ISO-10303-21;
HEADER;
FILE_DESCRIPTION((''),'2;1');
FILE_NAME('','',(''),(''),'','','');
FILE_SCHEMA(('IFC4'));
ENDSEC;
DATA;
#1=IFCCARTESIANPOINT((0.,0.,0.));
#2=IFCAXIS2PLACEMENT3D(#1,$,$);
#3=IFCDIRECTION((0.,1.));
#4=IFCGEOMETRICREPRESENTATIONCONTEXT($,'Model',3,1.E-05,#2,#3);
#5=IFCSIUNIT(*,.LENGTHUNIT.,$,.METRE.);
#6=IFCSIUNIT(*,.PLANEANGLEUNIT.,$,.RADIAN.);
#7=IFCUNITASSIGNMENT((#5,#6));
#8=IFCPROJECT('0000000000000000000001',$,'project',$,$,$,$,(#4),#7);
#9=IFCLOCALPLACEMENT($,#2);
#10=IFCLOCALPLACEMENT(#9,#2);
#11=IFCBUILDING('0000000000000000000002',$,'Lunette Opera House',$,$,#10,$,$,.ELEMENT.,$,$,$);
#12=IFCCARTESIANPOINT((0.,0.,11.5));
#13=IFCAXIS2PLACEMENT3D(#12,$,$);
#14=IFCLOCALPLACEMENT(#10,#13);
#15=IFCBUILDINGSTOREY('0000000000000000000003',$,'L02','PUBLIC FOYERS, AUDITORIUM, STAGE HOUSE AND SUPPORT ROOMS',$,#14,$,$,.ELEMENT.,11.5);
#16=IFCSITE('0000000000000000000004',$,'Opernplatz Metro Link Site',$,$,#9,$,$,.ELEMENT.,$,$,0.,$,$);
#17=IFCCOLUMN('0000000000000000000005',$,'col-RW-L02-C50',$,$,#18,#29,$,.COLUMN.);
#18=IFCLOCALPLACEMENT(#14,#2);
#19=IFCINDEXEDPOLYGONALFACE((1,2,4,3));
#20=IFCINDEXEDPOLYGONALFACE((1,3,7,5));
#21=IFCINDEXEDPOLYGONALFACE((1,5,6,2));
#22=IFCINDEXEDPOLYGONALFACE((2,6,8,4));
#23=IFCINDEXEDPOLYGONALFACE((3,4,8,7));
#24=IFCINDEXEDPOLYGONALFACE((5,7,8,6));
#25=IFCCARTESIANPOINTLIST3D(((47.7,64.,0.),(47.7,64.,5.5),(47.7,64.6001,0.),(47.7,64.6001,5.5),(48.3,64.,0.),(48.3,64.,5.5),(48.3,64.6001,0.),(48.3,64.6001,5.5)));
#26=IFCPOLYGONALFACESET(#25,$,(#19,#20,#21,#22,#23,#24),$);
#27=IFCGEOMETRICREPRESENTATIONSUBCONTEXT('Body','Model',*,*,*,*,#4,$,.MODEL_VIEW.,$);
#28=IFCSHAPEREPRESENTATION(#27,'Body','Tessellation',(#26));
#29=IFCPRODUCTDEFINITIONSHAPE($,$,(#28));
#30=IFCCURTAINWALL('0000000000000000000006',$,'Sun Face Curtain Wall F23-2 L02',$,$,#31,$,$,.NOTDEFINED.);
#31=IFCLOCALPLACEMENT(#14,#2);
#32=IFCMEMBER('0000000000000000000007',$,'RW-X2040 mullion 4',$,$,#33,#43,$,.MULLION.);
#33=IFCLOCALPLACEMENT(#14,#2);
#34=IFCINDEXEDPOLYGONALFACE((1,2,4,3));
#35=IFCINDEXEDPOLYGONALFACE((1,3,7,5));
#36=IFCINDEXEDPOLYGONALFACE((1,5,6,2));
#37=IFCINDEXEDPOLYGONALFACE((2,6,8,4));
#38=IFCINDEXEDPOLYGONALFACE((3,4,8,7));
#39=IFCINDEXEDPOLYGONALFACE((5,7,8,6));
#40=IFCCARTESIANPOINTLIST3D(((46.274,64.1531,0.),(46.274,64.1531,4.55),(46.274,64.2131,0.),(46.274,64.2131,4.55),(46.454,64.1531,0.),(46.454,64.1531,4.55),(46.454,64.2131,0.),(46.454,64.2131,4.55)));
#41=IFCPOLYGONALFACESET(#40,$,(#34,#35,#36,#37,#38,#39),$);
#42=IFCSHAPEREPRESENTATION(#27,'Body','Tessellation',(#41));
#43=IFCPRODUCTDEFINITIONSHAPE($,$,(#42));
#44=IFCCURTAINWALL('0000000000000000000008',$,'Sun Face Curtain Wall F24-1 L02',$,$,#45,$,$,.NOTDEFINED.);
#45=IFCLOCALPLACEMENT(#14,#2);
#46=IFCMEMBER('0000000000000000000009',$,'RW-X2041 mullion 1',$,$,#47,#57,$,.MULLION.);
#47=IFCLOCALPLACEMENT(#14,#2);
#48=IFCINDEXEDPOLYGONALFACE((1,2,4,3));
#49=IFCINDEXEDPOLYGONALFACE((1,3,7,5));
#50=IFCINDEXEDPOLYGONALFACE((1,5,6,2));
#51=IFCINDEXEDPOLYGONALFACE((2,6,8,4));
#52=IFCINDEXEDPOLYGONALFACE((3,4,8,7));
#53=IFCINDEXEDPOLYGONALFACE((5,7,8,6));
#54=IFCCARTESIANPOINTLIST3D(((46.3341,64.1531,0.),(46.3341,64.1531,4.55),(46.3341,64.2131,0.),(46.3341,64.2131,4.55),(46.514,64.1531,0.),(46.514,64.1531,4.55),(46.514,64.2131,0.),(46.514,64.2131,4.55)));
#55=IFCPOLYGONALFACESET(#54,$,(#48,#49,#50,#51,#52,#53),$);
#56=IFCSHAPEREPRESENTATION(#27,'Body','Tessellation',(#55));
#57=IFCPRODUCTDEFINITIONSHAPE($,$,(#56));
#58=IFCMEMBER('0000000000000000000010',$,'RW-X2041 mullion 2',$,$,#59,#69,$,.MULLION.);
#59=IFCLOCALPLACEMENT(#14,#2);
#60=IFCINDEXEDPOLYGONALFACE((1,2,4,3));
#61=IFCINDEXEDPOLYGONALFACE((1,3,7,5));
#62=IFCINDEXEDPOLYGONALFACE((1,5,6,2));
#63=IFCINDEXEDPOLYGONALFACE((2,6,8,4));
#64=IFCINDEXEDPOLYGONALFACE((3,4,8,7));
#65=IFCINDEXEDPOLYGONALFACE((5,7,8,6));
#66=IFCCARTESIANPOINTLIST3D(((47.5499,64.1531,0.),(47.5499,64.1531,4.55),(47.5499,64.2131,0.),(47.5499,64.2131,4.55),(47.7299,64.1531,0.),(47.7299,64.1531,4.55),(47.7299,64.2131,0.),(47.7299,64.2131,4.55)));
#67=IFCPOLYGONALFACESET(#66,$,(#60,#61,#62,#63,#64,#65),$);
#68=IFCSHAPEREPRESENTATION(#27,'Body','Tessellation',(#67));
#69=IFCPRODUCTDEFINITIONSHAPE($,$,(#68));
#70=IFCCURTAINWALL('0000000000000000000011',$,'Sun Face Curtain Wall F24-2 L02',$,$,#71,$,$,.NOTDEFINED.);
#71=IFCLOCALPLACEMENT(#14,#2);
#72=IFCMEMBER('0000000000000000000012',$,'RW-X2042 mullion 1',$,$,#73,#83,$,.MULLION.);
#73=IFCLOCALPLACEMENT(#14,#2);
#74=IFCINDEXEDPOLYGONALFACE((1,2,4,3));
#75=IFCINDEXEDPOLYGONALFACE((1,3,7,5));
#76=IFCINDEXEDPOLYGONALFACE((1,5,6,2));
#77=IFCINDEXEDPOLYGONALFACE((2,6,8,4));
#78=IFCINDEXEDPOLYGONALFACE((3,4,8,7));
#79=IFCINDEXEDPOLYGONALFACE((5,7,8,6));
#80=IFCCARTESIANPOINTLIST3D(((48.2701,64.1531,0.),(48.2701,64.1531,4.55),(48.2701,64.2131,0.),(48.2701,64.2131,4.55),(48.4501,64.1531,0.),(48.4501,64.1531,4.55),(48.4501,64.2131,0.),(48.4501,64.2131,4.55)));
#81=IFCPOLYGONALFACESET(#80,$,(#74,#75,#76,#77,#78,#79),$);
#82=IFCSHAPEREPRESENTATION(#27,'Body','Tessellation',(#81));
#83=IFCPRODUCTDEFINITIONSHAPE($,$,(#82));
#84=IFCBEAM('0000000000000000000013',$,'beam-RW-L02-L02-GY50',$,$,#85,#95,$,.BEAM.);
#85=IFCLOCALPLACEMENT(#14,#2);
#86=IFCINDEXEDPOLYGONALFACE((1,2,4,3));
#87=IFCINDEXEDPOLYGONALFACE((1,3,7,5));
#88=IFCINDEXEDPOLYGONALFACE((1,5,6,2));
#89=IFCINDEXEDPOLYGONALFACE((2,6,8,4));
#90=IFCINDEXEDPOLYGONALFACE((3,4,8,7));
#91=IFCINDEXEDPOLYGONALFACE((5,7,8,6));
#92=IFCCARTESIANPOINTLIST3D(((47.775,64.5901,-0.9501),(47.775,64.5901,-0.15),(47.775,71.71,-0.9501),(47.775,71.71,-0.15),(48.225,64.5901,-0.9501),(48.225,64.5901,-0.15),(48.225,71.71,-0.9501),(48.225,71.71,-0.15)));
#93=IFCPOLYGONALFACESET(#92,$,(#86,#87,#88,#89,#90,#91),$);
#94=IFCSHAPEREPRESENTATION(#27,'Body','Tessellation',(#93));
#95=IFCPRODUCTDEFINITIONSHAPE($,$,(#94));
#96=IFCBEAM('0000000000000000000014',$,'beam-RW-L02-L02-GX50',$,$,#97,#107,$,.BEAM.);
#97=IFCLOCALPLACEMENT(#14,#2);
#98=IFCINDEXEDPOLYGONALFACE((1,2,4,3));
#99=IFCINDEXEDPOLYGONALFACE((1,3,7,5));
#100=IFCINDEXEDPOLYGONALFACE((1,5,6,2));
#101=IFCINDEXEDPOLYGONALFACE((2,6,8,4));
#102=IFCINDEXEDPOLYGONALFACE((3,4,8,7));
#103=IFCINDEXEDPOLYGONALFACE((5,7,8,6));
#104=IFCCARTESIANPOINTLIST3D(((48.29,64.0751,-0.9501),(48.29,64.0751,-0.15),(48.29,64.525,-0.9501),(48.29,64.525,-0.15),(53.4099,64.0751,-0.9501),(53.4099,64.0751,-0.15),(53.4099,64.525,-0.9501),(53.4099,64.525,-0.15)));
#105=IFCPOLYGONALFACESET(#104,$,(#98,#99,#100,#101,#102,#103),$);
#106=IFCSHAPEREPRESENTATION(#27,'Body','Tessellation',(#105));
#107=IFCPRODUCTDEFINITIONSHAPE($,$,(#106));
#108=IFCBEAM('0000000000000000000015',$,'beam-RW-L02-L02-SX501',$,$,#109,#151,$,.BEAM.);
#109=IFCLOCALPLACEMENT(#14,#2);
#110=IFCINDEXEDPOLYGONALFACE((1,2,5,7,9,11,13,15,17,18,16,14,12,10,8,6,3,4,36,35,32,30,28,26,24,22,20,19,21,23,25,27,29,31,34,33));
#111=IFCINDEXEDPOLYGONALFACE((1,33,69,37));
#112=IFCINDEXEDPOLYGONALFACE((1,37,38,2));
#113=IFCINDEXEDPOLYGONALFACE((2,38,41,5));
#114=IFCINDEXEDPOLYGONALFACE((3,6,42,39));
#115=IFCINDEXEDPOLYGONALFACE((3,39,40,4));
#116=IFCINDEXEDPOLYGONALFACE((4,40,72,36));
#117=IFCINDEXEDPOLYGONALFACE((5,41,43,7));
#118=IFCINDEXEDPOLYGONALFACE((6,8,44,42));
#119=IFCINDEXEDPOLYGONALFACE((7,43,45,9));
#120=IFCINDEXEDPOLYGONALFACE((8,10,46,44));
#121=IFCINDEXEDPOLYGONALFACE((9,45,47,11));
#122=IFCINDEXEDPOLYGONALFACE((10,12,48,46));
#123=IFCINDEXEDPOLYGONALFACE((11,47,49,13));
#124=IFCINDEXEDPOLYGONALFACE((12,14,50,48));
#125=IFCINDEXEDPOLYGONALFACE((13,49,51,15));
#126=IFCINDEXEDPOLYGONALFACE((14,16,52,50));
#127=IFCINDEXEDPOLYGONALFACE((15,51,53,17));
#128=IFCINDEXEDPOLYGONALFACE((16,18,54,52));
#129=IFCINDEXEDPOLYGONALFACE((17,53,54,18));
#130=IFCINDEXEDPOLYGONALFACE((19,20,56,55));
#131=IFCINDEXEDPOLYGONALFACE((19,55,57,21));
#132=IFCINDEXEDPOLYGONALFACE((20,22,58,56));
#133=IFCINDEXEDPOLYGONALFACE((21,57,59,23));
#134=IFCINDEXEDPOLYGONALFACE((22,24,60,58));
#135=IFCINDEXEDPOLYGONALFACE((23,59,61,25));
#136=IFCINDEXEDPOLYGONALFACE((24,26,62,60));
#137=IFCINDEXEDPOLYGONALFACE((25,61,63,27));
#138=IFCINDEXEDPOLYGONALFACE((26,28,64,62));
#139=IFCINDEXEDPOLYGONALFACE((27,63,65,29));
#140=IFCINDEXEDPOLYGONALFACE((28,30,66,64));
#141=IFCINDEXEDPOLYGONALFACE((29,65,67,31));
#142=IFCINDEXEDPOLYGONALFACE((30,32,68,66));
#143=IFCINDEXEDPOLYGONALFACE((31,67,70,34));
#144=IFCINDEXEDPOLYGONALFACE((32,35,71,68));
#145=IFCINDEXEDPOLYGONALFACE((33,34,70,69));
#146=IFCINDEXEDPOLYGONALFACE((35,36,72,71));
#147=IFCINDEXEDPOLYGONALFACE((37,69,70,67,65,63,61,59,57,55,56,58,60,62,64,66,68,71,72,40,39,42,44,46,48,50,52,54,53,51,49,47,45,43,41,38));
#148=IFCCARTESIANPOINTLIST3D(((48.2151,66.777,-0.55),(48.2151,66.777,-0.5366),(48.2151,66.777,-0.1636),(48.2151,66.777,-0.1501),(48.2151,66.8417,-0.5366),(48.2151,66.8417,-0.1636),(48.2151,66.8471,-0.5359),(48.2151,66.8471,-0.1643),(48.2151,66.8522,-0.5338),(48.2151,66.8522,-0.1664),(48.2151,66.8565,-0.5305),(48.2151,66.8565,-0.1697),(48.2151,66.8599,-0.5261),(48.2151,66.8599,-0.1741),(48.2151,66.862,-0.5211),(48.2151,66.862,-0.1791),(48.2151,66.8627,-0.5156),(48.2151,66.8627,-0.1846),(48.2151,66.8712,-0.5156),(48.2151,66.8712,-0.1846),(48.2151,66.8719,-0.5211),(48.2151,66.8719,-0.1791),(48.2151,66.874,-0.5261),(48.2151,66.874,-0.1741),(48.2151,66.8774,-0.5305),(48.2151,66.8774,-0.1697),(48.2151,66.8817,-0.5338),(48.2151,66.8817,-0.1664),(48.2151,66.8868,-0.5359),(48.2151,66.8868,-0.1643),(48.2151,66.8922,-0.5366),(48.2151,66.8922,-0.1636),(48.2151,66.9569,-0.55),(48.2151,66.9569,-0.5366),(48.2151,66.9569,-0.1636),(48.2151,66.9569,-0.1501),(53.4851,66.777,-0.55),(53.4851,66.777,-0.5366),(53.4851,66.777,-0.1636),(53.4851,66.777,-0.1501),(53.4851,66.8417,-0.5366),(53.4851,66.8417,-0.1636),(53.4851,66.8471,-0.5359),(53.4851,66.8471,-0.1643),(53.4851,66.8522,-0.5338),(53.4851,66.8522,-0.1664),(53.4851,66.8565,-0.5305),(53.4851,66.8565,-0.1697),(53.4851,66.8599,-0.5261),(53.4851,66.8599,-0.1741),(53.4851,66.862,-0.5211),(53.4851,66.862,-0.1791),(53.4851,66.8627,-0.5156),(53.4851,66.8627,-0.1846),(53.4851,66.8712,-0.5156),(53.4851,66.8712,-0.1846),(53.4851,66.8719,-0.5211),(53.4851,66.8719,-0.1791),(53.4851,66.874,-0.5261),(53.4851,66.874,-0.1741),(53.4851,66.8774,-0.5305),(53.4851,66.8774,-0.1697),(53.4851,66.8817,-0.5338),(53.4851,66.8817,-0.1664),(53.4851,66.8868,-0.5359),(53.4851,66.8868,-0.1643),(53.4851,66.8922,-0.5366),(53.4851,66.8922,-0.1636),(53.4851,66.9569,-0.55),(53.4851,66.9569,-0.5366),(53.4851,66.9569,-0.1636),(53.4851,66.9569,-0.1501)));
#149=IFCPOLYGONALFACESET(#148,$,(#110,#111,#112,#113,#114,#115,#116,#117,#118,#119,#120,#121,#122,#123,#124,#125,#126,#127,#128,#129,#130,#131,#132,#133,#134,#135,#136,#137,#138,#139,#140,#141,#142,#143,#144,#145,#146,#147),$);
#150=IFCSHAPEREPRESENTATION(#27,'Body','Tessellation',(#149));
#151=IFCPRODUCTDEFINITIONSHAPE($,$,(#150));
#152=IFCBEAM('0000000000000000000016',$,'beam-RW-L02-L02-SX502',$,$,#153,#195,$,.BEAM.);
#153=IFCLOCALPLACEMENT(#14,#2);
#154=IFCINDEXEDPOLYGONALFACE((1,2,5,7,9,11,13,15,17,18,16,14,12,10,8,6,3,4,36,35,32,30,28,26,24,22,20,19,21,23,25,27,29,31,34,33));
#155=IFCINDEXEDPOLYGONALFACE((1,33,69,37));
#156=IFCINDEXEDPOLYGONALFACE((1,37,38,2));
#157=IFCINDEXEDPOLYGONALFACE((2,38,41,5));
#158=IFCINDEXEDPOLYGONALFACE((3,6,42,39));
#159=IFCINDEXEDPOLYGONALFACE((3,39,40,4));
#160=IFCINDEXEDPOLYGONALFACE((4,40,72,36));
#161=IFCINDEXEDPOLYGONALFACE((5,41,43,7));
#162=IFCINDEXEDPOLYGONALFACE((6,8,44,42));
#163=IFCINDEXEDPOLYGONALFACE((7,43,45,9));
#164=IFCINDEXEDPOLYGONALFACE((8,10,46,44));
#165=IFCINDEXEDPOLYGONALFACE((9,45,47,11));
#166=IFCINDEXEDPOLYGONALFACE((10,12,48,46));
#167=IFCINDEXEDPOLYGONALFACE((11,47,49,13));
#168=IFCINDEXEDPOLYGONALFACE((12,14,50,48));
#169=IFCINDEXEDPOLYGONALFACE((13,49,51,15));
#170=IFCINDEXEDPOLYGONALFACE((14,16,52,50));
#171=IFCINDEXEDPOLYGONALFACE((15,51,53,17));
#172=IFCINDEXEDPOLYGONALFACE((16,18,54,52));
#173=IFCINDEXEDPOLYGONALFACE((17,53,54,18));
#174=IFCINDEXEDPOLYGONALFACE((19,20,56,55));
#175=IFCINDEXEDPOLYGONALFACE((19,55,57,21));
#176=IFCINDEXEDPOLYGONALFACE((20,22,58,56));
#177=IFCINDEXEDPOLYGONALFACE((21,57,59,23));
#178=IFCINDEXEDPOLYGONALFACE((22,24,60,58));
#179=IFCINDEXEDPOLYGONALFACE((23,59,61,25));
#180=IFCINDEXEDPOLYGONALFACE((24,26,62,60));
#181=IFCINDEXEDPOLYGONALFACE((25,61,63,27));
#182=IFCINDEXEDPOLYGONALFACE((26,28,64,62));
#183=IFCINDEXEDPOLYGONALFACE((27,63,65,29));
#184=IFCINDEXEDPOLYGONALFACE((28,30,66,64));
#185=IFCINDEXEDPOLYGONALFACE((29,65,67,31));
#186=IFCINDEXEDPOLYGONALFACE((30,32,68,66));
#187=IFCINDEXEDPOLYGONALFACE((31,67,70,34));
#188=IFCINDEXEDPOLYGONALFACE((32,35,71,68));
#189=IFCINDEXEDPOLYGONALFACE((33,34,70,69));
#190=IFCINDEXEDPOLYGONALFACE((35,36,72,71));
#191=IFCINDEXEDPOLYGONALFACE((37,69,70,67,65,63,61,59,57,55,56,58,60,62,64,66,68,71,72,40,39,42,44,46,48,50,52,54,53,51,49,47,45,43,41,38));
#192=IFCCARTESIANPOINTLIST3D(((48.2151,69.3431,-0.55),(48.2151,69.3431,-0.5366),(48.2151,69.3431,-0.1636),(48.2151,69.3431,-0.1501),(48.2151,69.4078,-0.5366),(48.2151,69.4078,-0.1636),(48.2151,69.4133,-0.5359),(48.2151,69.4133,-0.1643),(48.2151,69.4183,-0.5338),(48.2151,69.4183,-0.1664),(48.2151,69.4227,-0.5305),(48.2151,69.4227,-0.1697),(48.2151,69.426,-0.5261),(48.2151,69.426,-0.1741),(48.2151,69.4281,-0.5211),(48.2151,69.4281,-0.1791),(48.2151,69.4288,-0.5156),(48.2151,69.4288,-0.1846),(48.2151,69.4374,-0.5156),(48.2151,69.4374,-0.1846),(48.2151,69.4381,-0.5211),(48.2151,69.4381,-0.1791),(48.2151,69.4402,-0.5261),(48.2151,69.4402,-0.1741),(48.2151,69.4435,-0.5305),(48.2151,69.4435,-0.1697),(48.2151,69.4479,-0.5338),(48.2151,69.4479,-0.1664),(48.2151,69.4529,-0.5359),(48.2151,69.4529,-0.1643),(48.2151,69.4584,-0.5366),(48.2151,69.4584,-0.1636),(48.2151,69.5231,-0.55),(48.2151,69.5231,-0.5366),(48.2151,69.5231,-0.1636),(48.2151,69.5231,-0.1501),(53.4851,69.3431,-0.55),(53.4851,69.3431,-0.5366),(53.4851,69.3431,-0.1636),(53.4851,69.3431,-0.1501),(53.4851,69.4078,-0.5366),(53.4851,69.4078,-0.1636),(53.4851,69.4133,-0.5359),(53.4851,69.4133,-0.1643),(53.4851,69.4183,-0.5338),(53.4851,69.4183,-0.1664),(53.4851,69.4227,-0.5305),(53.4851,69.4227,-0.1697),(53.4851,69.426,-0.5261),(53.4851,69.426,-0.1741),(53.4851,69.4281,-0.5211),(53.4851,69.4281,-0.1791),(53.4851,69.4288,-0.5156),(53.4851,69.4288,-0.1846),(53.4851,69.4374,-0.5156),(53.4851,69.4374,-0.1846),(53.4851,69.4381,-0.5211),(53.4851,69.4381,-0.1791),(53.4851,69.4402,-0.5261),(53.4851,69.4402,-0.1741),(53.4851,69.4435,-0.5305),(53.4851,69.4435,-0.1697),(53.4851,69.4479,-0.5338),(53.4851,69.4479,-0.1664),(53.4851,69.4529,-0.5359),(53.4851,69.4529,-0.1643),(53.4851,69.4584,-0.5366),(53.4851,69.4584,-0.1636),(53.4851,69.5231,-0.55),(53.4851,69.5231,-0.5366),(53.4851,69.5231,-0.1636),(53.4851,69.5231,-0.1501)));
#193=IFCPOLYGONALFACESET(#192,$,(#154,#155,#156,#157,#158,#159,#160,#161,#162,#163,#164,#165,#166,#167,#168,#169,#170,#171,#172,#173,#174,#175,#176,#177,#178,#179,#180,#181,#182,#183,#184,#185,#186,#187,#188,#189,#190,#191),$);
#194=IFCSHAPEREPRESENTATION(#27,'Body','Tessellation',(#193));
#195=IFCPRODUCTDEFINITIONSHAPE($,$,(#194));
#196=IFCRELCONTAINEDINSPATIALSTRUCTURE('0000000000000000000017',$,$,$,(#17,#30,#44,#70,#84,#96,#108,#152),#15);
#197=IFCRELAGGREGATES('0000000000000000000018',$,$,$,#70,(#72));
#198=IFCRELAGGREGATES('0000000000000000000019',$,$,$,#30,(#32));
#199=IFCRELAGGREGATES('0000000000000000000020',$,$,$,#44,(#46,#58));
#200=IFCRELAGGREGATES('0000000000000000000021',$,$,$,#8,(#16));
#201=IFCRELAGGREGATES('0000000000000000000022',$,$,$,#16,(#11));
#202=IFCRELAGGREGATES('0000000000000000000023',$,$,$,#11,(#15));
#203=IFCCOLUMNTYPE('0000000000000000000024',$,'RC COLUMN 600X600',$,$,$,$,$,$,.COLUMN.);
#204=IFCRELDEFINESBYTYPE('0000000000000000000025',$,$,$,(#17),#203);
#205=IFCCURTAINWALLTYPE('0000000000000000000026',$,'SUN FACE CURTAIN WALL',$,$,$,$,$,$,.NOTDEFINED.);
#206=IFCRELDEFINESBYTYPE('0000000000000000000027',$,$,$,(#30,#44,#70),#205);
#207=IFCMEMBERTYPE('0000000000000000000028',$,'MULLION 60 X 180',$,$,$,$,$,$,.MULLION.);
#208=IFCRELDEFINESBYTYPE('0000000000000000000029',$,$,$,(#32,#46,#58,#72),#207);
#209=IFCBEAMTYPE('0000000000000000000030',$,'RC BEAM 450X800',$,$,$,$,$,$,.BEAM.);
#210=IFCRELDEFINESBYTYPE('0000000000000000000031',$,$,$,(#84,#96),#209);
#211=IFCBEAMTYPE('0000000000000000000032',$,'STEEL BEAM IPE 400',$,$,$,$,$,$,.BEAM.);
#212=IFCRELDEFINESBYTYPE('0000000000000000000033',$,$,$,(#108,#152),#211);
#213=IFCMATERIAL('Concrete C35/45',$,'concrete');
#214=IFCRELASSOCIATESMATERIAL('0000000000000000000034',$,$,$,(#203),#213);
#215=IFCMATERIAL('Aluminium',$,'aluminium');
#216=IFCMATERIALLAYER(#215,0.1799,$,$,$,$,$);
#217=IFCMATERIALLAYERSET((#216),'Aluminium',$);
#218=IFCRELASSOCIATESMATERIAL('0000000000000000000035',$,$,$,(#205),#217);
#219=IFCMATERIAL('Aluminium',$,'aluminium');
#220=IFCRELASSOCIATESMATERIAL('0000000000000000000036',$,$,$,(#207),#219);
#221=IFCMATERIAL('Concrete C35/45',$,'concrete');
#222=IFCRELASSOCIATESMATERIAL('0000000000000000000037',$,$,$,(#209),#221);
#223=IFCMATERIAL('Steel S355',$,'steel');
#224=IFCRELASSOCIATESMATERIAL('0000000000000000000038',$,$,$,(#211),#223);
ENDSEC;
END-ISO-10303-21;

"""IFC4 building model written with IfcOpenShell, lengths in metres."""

from ifc_helpers import new_model, si_unit, direction, frame, origin, origin_2d, place, context, subcontext, project, spatial, rectangle, i_section, extrude, material, layer, layer_set, material_profile, profile_set, type_object, element, aggregate, save


model = new_model("IFC4")

# Units and contexts
model_context = context("Model", 3, precision=1e-05, world=origin(), true_north=direction((0.0, 1.0)))
body_context = subcontext(model_context, "Body", "Model", "MODEL_VIEW")
ifc_project = project(units=[si_unit("LENGTHUNIT", "METRE"), si_unit("PLANEANGLEUNIT", "RADIAN")], contexts=[model_context])

# Site, building, storey
site_placement = place(None, origin())
site = spatial("IfcSite", under=ifc_project, at=site_placement, Name="Opernplatz Metro Link Site", CompositionType="ELEMENT", RefElevation=0.0)
building_placement = place(site_placement, origin())
building = spatial("IfcBuilding", under=site, at=building_placement, Name="Lunette Opera House", CompositionType="ELEMENT")
storey_placement = place(building_placement, frame((0.0, 0.0, 11.5)))
storey = spatial("IfcBuildingStorey", under=building, at=storey_placement, Name="L02", Description="PUBLIC FOYERS, AUDITORIUM, STAGE HOUSE AND SUPPORT ROOMS", CompositionType="ELEMENT", Elevation=11.5)

# Column
ifc_material_1 = material(Name="Concrete C35/45", Category="concrete")
ifc_material_profile_1 = material_profile(ifc_material_1, rectangle(XDim=0.6001, YDim=0.6001, at=origin_2d()), Name="RC COLUMN 600X600")
ifc_profile_set_1 = profile_set([ifc_material_profile_1], Name="Concrete C35/45")
column_type = type_object("IfcColumnType", Name="RC COLUMN 600X600", PredefinedType="COLUMN", material=ifc_profile_set_1)
column_placement = place(storey_placement, frame((48.0, 64.3, 0.0), z_axis=(0.0, 0.0, 1.0), x_axis=(1.0, 0.0, 0.0)))
element("IfcColumn", 1, at=column_placement, inside=storey, type_object=column_type, Name="col-RW-L02-C50", PredefinedType="COLUMN", context=body_context, shape_type="SweptSolid", body=[
    extrude(rectangle(XDim=0.6001, YDim=0.6001, at=origin_2d()), origin(), (0.0, 0.0, 1.0), 5.5),
])

# Curtain wall, member
ifc_material_2 = material(Name="Aluminium", Category="aluminium")
ifc_layer_1 = layer(ifc_material_2, 0.1799)
ifc_layer_set_1 = layer_set([ifc_layer_1], Name="Aluminium")
curtain_wall_type = type_object("IfcCurtainWallType", Name="SUN FACE CURTAIN WALL", PredefinedType="NOTDEFINED", material=ifc_layer_set_1)
curtain_wall_1_placement = place(storey_placement, origin())
curtain_wall_1 = element("IfcCurtainWall", 2, at=curtain_wall_1_placement, inside=storey, type_object=curtain_wall_type, Name="Sun Face Curtain Wall F23-2 L02", PredefinedType="NOTDEFINED")
ifc_material_3 = material(Name="Aluminium", Category="aluminium")
ifc_material_profile_2 = material_profile(ifc_material_3, rectangle(XDim=0.0601, YDim=0.1799, at=origin_2d()), Name="MULLION 60 X 180")
ifc_profile_set_2 = profile_set([ifc_material_profile_2], Name="Aluminium")
member_type_1 = type_object("IfcMemberType", Name="MULLION 60 X 180", PredefinedType="MULLION", material=ifc_profile_set_2)
member_1_placement = place(storey_placement, frame((46.364, 64.1831, 0.0), z_axis=(0.0, 0.0, 1.0), x_axis=(0.0, 1.0, 0.0)))
member_1 = element("IfcMember", 3, at=member_1_placement, type_object=member_type_1, Name="RW-X2040 mullion 4", PredefinedType="MULLION", context=body_context, shape_type="SweptSolid", body=[
    extrude(rectangle(XDim=0.0601, YDim=0.1799, at=origin_2d()), origin(), (0.0, 0.0, 1.0), 4.55),
])

# Curtain wall, members
curtain_wall_2_placement = place(storey_placement, origin())
curtain_wall_2 = element("IfcCurtainWall", 4, at=curtain_wall_2_placement, inside=storey, type_object=curtain_wall_type, Name="Sun Face Curtain Wall F24-1 L02", PredefinedType="NOTDEFINED")
member_2_placement = place(storey_placement, frame((46.4241, 64.1831, 0.0), z_axis=(0.0, 0.0, 1.0), x_axis=(0.0, 1.0, 0.0)))
member_2 = element("IfcMember", 5, at=member_2_placement, type_object=member_type_1, Name="RW-X2041 mullion 1", PredefinedType="MULLION", context=body_context, shape_type="SweptSolid", body=[
    extrude(rectangle(XDim=0.0601, YDim=0.1799, at=origin_2d()), origin(), (0.0, 0.0, 1.0), 4.55),
])
member_3_placement = place(storey_placement, frame((47.6399, 64.1831, 0.0), z_axis=(0.0, 0.0, 1.0), x_axis=(0.0, 1.0, 0.0)))
member_3 = element("IfcMember", 6, at=member_3_placement, type_object=member_type_1, Name="RW-X2041 mullion 2", PredefinedType="MULLION", context=body_context, shape_type="SweptSolid", body=[
    extrude(rectangle(XDim=0.0601, YDim=0.1799, at=origin_2d()), origin(), (0.0, 0.0, 1.0), 4.55),
])

# Curtain wall, member
curtain_wall_3_placement = place(storey_placement, origin())
curtain_wall_3 = element("IfcCurtainWall", 7, at=curtain_wall_3_placement, inside=storey, type_object=curtain_wall_type, Name="Sun Face Curtain Wall F24-2 L02", PredefinedType="NOTDEFINED")
member_4_placement = place(storey_placement, frame((48.3601, 64.1831, 0.0), z_axis=(0.0, 0.0, 1.0), x_axis=(0.0, 1.0, 0.0)))
member_4 = element("IfcMember", 8, at=member_4_placement, type_object=member_type_1, Name="RW-X2042 mullion 1", PredefinedType="MULLION", context=body_context, shape_type="SweptSolid", body=[
    extrude(rectangle(XDim=0.0601, YDim=0.1799, at=origin_2d()), origin(), (0.0, 0.0, 1.0), 4.55),
])

# Beams
ifc_material_4 = material(Name="Concrete C35/45", Category="concrete")
ifc_material_profile_3 = material_profile(ifc_material_4, rectangle(XDim=0.45, YDim=0.8, at=origin_2d()), Name="RC BEAM 450X800")
ifc_profile_set_3 = profile_set([ifc_material_profile_3], Name="Concrete C35/45")
beam_type_1 = type_object("IfcBeamType", Name="RC BEAM 450X800", PredefinedType="BEAM", material=ifc_profile_set_3)
beam_1_placement = place(storey_placement, frame((48.0, 64.5901, -0.55), z_axis=(0.0, 1.0, 0.0), x_axis=(-1.0, 0.0, 0.0)))
element("IfcBeam", 9, at=beam_1_placement, inside=storey, type_object=beam_type_1, Name="beam-RW-L02-L02-GY50", PredefinedType="BEAM", context=body_context, shape_type="SweptSolid", body=[
    extrude(rectangle(XDim=0.45, YDim=0.8, at=origin_2d()), origin(), (0.0, 0.0, 1.0), 7.1199),
])
beam_2_placement = place(storey_placement, frame((48.29, 64.3, -0.55), z_axis=(1.0, 0.0, 0.0), x_axis=(0.0, 1.0, 0.0)))
element("IfcBeam", 10, at=beam_2_placement, inside=storey, type_object=beam_type_1, Name="beam-RW-L02-L02-GX50", PredefinedType="BEAM", context=body_context, shape_type="SweptSolid", body=[
    extrude(rectangle(XDim=0.45, YDim=0.8, at=origin_2d()), origin(), (0.0, 0.0, 1.0), 5.1199),
])
ifc_material_5 = material(Name="Steel S355", Category="steel")
ifc_material_profile_4 = material_profile(ifc_material_5, i_section(OverallWidth=0.1799, OverallDepth=0.3999, WebThickness=0.0085, FlangeThickness=0.0134, FilletRadius=0.021, at=origin_2d()), Name="IPE 400")
ifc_profile_set_4 = profile_set([ifc_material_profile_4], Name="Steel S355")
beam_type_2 = type_object("IfcBeamType", Name="STEEL BEAM IPE 400", PredefinedType="BEAM", material=ifc_profile_set_4)
for number, where, z_axis, x_axis, name in (
    (11, (48.2151, 66.8669, -0.3501), (1.0, 0.0, 0.0), (0.0, 1.0, 0.0), "beam-RW-L02-L02-SX501"),
    (12, (48.2151, 69.4331, -0.3501), (1.0, 0.0, 0.0), (0.0, 1.0, 0.0), "beam-RW-L02-L02-SX502"),
):
    element("IfcBeam", number, at=place(storey_placement, frame(where, z_axis=z_axis, x_axis=x_axis)), inside=storey, type_object=beam_type_2, Name=name, PredefinedType="BEAM", context=body_context, shape_type="SweptSolid", body=[
        extrude(i_section(OverallWidth=0.1799, OverallDepth=0.3999, WebThickness=0.0085, FlangeThickness=0.0134, FilletRadius=0.021, at=origin_2d()), origin(), (0.0, 0.0, 1.0), 5.27),
    ])

aggregate(curtain_wall_3, [member_4])

aggregate(curtain_wall_1, [member_1])
aggregate(curtain_wall_2, [member_2, member_3])

save(model, "model.ifc")
